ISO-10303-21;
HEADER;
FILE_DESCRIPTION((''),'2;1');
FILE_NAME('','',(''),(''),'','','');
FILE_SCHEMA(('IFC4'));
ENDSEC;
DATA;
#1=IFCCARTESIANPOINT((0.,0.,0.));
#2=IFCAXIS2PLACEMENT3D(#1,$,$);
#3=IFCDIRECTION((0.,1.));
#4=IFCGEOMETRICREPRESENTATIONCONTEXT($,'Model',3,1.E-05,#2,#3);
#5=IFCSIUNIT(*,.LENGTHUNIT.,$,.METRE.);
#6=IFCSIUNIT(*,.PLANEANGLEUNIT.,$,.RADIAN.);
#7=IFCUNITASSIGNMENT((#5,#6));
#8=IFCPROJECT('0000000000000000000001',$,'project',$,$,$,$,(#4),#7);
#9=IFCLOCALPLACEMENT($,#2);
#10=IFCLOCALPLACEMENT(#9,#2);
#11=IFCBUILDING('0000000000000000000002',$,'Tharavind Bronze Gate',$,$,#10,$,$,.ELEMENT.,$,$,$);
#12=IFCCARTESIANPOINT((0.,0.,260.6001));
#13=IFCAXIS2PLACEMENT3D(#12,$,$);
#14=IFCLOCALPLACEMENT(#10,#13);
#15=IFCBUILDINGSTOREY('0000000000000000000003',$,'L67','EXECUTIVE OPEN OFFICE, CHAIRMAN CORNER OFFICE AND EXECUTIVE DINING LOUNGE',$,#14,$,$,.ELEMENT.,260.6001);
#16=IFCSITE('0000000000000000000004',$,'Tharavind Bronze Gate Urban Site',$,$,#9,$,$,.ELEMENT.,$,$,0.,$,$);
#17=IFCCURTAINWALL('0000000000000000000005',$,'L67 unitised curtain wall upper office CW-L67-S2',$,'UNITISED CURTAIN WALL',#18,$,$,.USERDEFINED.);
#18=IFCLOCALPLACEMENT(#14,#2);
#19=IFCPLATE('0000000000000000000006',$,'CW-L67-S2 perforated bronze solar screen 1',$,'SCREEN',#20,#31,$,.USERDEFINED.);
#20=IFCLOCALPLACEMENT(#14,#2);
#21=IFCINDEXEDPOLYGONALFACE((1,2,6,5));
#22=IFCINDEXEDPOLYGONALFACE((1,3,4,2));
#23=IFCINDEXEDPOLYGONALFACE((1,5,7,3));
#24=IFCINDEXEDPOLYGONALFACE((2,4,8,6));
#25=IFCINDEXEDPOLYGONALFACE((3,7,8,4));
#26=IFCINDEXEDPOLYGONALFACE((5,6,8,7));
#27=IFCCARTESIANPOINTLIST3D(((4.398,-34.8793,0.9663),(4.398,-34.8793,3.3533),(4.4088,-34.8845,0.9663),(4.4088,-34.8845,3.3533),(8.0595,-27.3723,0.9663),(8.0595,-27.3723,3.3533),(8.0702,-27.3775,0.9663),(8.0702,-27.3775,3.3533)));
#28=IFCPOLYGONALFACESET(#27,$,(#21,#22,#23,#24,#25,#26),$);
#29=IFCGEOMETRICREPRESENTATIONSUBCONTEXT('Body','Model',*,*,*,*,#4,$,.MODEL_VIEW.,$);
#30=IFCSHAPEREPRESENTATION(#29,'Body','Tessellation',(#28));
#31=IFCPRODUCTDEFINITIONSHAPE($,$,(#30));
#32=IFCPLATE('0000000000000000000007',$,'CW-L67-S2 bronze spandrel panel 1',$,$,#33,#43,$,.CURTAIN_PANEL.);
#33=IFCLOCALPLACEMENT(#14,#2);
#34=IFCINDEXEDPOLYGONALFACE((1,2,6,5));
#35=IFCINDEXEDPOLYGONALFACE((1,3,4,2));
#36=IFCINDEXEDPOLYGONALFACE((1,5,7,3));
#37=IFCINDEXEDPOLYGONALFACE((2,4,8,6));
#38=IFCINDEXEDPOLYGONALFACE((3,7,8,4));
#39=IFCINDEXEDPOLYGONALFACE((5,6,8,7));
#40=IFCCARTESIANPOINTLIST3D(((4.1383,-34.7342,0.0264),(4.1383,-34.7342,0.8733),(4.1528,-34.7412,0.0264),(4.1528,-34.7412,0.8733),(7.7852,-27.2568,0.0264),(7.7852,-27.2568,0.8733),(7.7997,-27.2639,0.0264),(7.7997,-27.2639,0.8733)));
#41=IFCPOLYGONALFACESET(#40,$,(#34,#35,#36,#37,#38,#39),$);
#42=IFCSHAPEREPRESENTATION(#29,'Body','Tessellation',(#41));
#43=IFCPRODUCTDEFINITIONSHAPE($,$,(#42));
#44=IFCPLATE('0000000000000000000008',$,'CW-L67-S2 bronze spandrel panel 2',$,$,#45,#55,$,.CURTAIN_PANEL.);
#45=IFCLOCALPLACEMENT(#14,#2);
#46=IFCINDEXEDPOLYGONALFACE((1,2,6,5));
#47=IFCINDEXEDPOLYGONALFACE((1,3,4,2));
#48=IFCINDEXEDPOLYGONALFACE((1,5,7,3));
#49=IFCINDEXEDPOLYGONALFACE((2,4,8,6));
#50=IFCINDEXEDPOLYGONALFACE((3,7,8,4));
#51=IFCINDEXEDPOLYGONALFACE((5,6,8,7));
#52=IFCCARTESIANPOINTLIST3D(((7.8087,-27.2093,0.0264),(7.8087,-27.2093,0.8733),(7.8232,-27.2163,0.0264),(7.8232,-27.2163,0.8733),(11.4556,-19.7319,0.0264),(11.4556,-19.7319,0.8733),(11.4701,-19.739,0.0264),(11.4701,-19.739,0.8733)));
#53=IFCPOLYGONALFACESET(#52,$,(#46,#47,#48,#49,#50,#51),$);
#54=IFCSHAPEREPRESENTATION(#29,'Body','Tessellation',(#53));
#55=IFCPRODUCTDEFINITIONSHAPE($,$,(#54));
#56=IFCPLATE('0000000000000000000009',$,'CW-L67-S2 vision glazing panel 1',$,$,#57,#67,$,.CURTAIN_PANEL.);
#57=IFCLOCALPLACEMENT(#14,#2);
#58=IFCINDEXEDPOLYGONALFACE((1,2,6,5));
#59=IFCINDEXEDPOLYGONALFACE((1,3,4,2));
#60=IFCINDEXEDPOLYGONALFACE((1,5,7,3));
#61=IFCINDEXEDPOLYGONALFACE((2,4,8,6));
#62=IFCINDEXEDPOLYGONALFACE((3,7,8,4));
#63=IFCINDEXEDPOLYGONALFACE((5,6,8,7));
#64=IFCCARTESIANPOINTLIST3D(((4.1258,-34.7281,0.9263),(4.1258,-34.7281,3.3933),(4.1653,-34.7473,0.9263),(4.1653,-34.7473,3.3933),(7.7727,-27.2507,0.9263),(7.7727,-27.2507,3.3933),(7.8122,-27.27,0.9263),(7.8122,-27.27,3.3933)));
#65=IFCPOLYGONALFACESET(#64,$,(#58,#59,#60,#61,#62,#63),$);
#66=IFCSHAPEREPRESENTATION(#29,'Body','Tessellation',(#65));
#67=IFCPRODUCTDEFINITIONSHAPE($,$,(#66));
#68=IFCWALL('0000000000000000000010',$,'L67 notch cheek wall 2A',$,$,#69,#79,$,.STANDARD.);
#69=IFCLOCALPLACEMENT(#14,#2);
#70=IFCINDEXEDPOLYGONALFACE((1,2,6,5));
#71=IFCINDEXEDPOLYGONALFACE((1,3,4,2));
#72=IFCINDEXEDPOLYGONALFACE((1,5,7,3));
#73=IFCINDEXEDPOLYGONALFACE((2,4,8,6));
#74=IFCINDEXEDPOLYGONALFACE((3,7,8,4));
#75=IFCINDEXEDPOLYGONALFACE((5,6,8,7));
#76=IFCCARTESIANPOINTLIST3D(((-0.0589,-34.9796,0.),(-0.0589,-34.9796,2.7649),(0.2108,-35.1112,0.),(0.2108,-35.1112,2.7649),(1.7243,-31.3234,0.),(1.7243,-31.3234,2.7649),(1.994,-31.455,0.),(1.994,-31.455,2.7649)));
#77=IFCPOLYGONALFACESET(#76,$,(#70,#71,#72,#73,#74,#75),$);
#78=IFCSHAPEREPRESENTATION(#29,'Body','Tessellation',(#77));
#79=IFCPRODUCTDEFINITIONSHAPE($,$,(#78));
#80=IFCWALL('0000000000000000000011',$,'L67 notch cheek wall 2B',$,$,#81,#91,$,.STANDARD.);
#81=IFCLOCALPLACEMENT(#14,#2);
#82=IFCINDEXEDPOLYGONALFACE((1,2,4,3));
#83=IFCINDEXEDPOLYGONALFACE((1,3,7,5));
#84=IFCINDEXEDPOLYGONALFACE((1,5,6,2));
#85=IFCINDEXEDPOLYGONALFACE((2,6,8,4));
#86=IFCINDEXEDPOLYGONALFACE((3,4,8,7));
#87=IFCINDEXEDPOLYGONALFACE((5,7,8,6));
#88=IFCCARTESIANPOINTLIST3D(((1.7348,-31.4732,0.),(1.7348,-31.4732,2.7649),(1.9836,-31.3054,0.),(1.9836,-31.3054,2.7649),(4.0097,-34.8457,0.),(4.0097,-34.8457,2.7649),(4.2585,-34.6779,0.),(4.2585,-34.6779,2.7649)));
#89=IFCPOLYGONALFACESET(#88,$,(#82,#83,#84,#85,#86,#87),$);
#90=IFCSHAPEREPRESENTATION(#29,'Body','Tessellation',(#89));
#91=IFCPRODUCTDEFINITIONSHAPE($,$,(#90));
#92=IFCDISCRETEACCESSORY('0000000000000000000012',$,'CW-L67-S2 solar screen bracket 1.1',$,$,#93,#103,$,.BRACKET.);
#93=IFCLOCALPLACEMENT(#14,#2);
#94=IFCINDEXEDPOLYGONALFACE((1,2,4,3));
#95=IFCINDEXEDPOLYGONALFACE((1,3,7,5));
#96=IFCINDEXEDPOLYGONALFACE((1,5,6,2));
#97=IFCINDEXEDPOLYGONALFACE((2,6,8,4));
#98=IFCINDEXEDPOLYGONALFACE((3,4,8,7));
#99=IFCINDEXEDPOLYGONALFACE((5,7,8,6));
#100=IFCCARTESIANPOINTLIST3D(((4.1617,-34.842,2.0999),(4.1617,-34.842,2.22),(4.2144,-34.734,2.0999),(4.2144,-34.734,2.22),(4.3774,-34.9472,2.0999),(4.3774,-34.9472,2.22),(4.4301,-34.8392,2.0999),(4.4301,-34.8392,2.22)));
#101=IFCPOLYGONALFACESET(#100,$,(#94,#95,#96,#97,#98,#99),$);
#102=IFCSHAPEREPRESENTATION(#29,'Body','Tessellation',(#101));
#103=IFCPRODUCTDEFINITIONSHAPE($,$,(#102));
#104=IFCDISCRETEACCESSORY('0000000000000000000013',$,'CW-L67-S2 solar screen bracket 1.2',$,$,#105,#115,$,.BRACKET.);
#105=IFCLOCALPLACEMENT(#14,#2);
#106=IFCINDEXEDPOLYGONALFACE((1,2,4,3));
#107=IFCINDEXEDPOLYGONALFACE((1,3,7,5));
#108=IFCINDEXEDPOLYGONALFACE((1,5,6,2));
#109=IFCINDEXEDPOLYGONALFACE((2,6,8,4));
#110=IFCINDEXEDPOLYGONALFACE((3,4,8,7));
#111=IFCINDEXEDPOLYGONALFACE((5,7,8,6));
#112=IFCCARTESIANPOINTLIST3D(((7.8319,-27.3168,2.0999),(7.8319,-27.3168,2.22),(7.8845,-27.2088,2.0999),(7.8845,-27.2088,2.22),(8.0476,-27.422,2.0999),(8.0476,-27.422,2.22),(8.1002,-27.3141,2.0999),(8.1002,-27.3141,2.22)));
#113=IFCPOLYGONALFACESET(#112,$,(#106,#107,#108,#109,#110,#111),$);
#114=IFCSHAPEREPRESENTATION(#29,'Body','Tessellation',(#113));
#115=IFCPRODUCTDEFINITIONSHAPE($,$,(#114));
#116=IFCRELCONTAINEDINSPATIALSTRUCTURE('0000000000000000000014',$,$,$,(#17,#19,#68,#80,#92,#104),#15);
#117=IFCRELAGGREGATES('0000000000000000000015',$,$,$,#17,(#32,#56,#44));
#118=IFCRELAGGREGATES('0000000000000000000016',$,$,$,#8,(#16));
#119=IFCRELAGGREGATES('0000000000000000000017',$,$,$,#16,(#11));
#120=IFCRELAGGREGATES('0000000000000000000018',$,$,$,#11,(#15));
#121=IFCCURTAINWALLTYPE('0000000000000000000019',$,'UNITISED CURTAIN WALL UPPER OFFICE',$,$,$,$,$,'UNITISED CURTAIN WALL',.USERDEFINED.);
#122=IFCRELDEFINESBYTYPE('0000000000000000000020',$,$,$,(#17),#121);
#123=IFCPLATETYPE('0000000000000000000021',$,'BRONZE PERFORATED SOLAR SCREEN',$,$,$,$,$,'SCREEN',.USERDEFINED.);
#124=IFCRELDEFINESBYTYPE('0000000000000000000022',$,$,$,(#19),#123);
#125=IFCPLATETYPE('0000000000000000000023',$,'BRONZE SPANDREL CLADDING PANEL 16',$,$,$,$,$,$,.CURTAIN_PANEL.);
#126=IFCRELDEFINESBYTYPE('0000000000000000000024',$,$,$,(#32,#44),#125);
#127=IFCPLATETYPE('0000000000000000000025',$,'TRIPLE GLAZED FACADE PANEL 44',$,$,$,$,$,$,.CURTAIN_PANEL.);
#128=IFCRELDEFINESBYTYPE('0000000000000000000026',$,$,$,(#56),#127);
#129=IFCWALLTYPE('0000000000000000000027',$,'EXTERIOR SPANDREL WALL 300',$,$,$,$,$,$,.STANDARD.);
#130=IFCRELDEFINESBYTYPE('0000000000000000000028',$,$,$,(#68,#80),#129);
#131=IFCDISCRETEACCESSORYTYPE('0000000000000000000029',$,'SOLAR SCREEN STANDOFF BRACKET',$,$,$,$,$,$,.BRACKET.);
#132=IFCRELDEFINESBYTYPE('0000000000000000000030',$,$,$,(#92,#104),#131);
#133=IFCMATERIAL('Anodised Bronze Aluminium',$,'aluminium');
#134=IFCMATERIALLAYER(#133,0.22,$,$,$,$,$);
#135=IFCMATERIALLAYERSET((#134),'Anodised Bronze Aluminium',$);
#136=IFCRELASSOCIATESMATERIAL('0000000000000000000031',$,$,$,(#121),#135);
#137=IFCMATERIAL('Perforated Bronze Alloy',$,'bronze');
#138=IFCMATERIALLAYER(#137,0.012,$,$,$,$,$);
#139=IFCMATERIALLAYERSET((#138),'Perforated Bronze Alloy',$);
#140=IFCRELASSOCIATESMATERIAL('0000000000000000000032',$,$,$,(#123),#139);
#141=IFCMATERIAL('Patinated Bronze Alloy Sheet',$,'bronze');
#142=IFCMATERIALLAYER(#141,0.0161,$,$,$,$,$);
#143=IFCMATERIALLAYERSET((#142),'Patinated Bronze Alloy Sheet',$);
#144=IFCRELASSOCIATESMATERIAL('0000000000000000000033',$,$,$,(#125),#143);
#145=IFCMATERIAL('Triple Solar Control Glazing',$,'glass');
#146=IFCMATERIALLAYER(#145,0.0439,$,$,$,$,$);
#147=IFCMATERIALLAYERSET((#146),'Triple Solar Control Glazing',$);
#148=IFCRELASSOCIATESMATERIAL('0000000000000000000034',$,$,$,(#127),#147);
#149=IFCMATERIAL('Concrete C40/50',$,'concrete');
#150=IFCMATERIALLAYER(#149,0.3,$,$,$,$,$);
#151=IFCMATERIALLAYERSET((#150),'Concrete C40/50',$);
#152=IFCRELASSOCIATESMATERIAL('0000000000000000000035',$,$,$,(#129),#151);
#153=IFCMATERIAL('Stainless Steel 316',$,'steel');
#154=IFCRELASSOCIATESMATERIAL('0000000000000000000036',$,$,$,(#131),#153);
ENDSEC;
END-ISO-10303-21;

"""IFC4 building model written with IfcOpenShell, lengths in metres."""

from ifc_helpers import new_model, si_unit, direction, frame, frame_2d, origin, origin_2d, place, context, subcontext, project, spatial, rectangle, extrude, material, layer, layer_set, type_object, element, aggregate, save


model = new_model("IFC4")

# Units and contexts
model_context = context("Model", 3, precision=1e-05, world=origin(), true_north=direction((0.0, 1.0)))
body_context = subcontext(model_context, "Body", "Model", "MODEL_VIEW")
ifc_project = project(units=[si_unit("LENGTHUNIT", "METRE"), si_unit("PLANEANGLEUNIT", "RADIAN")], contexts=[model_context])

# Site, building, storey
site_placement = place(None, origin())
site = spatial("IfcSite", under=ifc_project, at=site_placement, Name="Tharavind Bronze Gate Urban Site", CompositionType="ELEMENT", RefElevation=0.0)
building_placement = place(site_placement, origin())
building = spatial("IfcBuilding", under=site, at=building_placement, Name="Tharavind Bronze Gate", CompositionType="ELEMENT")
storey_placement = place(building_placement, frame((0.0, 0.0, 260.6001)))
storey = spatial("IfcBuildingStorey", under=building, at=storey_placement, Name="L67", Description="EXECUTIVE OPEN OFFICE, CHAIRMAN CORNER OFFICE AND EXECUTIVE DINING LOUNGE", CompositionType="ELEMENT", Elevation=260.6001)

# Shared definitions
ifc_material_1 = material(Name="Anodised Bronze Aluminium", Category="aluminium")
ifc_layer_1 = layer(ifc_material_1, 0.22)
ifc_layer_set_1 = layer_set([ifc_layer_1], Name="Anodised Bronze Aluminium")
curtain_wall_type = type_object("IfcCurtainWallType", Name="UNITISED CURTAIN WALL UPPER OFFICE", ElementType="UNITISED CURTAIN WALL", PredefinedType="USERDEFINED", material=ifc_layer_set_1)

# Curtain wall
curtain_wall_1_placement = place(storey_placement, origin())
curtain_wall_1 = element("IfcCurtainWall", 1, at=curtain_wall_1_placement, inside=storey, type_object=curtain_wall_type, Name="L67 unitised curtain wall upper office CW-L67-S2", ObjectType="UNITISED CURTAIN WALL", PredefinedType="USERDEFINED")

# Plates
ifc_material_2 = material(Name="Perforated Bronze Alloy", Category="bronze")
ifc_layer_2 = layer(ifc_material_2, 0.012)
ifc_layer_set_2 = layer_set([ifc_layer_2], Name="Perforated Bronze Alloy")
plate_type_1 = type_object("IfcPlateType", Name="BRONZE PERFORATED SOLAR SCREEN", ElementType="SCREEN", PredefinedType="USERDEFINED", material=ifc_layer_set_2)
plate_1_placement = place(storey_placement, frame((6.2341, -31.1284, 0.9663), z_axis=(0.0, 0.0, 1.0), x_axis=(0.438373, 0.898793, 0.0)))
element("IfcPlate", 2, at=plate_1_placement, inside=storey, type_object=plate_type_1, Name="CW-L67-S2 perforated bronze solar screen 1", ObjectType="SCREEN", PredefinedType="USERDEFINED", context=body_context, shape_type="SweptSolid", body=[
    extrude(rectangle(XDim=8.3523, YDim=0.012, at=origin_2d()), origin(), (0.0, 0.0, 1.0), 2.387),
])
ifc_material_3 = material(Name="Patinated Bronze Alloy Sheet", Category="bronze")
ifc_layer_3 = layer(ifc_material_3, 0.0161)
ifc_layer_set_3 = layer_set([ifc_layer_3], Name="Patinated Bronze Alloy Sheet")
plate_type_2 = type_object("IfcPlateType", Name="BRONZE SPANDREL CLADDING PANEL 16", PredefinedType="CURTAIN_PANEL", material=ifc_layer_set_3)
plate_2_placement = place(storey_placement, frame((5.969, -30.999, 0.0264), z_axis=(0.0, 0.0, 1.0), x_axis=(0.438373, 0.898793, 0.0)))
plate_2 = element("IfcPlate", 3, at=plate_2_placement, type_object=plate_type_2, Name="CW-L67-S2 bronze spandrel panel 1", PredefinedType="CURTAIN_PANEL", context=body_context, shape_type="SweptSolid", body=[
    extrude(rectangle(XDim=8.3193, YDim=0.0161, at=origin_2d()), origin(), (0.0, 0.0, 1.0), 0.8469),
])
plate_3_placement = place(storey_placement, frame((9.6394, -23.4741, 0.0264), z_axis=(0.0, 0.0, 1.0), x_axis=(0.438373, 0.898793, 0.0)))
plate_3 = element("IfcPlate", 4, at=plate_3_placement, type_object=plate_type_2, Name="CW-L67-S2 bronze spandrel panel 2", PredefinedType="CURTAIN_PANEL", context=body_context, shape_type="SweptSolid", body=[
    extrude(rectangle(XDim=8.3193, YDim=0.0161, at=origin_2d()), origin(), (0.0, 0.0, 1.0), 0.8469),
])
ifc_material_4 = material(Name="Triple Solar Control Glazing", Category="glass")
ifc_layer_4 = layer(ifc_material_4, 0.0439)
ifc_layer_set_4 = layer_set([ifc_layer_4], Name="Triple Solar Control Glazing")
plate_type_3 = type_object("IfcPlateType", Name="TRIPLE GLAZED FACADE PANEL 44", PredefinedType="CURTAIN_PANEL", material=ifc_layer_set_4)
plate_4_placement = place(storey_placement, frame((5.969, -30.999, 0.9263), z_axis=(0.0, 0.0, 1.0), x_axis=(0.438373, 0.898793, 0.0)))
plate_4 = element("IfcPlate", 5, at=plate_4_placement, type_object=plate_type_3, Name="CW-L67-S2 vision glazing panel 1", PredefinedType="CURTAIN_PANEL", context=body_context, shape_type="SweptSolid", body=[
    extrude(rectangle(XDim=8.3193, YDim=0.0439, at=origin_2d()), origin(), (0.0, 0.0, 1.0), 2.467),
])
aggregate(curtain_wall_1, [plate_2, plate_4, plate_3])

# Walls
ifc_material_5 = material(Name="Concrete C40/50", Category="concrete")
ifc_layer_5 = layer(ifc_material_5, 0.3)
ifc_layer_set_5 = layer_set([ifc_layer_5], Name="Concrete C40/50")
wall_type = type_object("IfcWallType", Name="EXTERIOR SPANDREL WALL 300", PredefinedType="STANDARD", material=ifc_layer_set_5)
wall_1_placement = place(storey_placement, frame((0.0759, -35.0454, 0.0), z_axis=(0.0, 0.0, 1.0), x_axis=(0.438357, 0.898801, 0.0)))
element("IfcWall", 6, at=wall_1_placement, inside=storey, type_object=wall_type, Name="L67 notch cheek wall 2A", PredefinedType="STANDARD", context=body_context, shape_type="SweptSolid", body=[
    extrude(rectangle(XDim=4.0679, YDim=0.3, at=frame_2d((2.0339, 0.0))), origin(), (0.0, 0.0, 1.0), 2.7649),
])
wall_2_placement = place(storey_placement, frame((1.8591, -31.3892, 0.0), z_axis=(0.0, 0.0, 1.0), x_axis=(0.559207, -0.829028, 0.0)))
element("IfcWall", 7, at=wall_2_placement, inside=storey, type_object=wall_type, Name="L67 notch cheek wall 2B", PredefinedType="STANDARD", context=body_context, shape_type="SweptSolid", body=[
    extrude(rectangle(XDim=4.0681, YDim=0.3, at=frame_2d((2.0342, 0.0))), origin(), (0.0, 0.0, 1.0), 2.7649),
])

# Discrete accessories
ifc_material_6 = material(Name="Stainless Steel 316", Category="steel")
discrete_accessory_type = type_object("IfcDiscreteAccessoryType", Name="SOLAR SCREEN STANDOFF BRACKET", PredefinedType="BRACKET", material=ifc_material_6)
for number, where, z_axis, x_axis, name in (
    (8, (4.2959, -34.8406, 2.0999), (0.0, 0.0, 1.0), (0.438373, 0.898793, 0.0), "CW-L67-S2 solar screen bracket 1.1"),
    (9, (7.9661, -27.3154, 2.0999), (0.0, 0.0, 1.0), (0.438373, 0.898793, 0.0), "CW-L67-S2 solar screen bracket 1.2"),
):
    element("IfcDiscreteAccessory", number, at=place(storey_placement, frame(where, z_axis=z_axis, x_axis=x_axis)), inside=storey, type_object=discrete_accessory_type, Name=name, PredefinedType="BRACKET", context=body_context, shape_type="SweptSolid", body=[
        extrude(rectangle(XDim=0.1201, YDim=0.24, at=origin_2d()), origin(), (0.0, 0.0, 1.0), 0.1201),
    ])

save(model, "model.ifc")
